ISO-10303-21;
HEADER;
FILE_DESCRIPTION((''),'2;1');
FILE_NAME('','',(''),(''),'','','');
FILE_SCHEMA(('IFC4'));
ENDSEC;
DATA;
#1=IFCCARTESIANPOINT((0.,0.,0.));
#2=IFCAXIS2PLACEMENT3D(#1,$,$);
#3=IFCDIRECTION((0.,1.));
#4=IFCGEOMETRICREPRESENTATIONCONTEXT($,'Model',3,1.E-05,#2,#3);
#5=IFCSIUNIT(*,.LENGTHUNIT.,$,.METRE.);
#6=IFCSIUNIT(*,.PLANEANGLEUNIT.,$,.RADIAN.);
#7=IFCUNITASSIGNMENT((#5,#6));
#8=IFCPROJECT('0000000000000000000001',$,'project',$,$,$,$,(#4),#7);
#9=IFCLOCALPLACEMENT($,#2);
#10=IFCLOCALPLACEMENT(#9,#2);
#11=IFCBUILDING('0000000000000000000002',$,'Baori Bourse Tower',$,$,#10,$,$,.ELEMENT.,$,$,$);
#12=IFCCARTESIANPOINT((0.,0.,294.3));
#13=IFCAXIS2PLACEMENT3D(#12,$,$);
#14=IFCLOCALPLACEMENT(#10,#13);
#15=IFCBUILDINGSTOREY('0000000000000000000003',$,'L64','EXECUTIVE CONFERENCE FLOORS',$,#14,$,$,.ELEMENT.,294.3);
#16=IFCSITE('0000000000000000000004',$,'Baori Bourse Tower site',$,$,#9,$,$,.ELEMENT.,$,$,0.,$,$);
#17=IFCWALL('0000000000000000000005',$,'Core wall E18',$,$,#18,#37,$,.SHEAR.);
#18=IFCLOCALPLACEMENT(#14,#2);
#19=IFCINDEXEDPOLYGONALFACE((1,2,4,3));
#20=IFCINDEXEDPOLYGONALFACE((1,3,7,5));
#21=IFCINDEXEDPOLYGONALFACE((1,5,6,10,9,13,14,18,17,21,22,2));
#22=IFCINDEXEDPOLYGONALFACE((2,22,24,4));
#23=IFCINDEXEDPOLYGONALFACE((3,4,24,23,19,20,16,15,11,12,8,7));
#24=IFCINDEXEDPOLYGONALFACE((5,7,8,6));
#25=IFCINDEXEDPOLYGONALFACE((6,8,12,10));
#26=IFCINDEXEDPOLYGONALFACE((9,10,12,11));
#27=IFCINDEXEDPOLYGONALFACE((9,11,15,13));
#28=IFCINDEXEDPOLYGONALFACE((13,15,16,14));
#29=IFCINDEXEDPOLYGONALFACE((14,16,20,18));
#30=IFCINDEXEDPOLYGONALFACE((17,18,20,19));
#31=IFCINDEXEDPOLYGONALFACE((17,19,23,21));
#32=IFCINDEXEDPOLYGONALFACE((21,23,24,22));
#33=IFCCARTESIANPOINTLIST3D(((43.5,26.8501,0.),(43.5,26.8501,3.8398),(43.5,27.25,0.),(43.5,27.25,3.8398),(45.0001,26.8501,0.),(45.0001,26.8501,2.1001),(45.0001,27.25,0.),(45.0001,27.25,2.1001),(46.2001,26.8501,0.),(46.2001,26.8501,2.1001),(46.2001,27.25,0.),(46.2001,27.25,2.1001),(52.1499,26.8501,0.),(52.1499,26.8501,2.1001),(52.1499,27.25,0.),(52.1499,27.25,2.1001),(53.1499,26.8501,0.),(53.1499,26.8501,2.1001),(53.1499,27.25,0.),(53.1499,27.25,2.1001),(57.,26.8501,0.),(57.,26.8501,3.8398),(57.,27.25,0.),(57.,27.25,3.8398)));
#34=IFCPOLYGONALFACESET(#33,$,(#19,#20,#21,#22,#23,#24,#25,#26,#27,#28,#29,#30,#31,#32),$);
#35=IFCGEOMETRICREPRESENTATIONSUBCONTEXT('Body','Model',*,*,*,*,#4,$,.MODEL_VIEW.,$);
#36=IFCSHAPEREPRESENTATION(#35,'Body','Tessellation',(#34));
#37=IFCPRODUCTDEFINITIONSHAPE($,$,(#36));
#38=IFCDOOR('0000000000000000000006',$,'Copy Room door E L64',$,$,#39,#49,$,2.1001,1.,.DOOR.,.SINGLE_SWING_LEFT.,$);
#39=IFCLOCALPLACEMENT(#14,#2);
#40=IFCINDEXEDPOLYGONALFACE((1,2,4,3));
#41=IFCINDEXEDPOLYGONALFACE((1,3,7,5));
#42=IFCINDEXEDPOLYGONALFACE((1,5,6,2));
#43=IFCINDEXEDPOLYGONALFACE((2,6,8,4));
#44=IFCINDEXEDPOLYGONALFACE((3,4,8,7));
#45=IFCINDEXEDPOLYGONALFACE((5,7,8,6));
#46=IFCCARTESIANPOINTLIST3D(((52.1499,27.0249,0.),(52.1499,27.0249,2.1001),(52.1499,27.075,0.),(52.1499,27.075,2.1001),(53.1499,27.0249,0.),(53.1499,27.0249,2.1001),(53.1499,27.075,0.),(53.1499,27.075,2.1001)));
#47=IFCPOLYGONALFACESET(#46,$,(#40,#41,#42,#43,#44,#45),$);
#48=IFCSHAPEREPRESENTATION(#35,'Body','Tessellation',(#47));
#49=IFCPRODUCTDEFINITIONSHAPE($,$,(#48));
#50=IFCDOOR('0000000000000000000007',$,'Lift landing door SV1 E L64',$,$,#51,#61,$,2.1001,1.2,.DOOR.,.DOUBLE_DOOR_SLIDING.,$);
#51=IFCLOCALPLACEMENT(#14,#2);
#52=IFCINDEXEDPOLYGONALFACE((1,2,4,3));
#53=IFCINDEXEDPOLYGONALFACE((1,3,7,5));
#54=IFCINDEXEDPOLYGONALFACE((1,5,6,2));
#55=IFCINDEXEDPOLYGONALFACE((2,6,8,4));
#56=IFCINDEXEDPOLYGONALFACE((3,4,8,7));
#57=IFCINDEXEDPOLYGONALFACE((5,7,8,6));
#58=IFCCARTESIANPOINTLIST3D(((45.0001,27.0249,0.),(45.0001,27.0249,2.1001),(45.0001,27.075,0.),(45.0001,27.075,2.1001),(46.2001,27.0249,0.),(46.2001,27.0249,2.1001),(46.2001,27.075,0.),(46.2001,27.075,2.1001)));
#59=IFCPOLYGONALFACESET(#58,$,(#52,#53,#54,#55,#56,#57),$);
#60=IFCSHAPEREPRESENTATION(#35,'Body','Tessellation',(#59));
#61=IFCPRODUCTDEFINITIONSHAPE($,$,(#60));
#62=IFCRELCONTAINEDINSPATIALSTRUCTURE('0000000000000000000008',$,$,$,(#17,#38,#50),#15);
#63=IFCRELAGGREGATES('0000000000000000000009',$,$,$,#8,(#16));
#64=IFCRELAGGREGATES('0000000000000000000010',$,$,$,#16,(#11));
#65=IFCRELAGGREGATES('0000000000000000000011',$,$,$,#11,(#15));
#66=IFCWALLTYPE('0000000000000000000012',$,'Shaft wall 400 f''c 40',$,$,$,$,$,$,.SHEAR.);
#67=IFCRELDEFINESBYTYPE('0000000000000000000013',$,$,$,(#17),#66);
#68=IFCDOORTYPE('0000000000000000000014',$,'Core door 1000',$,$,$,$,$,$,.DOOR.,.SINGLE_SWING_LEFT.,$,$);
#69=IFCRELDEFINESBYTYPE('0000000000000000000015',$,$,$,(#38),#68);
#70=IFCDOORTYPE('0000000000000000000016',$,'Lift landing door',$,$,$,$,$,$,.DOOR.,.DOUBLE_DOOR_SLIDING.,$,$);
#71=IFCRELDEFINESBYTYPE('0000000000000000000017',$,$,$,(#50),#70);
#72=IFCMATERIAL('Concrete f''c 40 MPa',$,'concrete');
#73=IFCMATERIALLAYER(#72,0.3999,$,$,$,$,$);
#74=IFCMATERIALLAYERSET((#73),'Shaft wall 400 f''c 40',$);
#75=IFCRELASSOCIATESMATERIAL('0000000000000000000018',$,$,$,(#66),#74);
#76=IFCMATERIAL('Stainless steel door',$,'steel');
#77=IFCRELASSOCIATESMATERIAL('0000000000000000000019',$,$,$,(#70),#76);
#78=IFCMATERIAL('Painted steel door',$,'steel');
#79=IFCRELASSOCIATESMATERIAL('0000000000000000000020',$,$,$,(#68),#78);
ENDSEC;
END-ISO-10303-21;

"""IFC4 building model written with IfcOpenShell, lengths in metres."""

from ifc_helpers import new_model, si_unit, direction, frame, frame_2d, origin, place, context, subcontext, project, spatial, rectangle, extrude, material, layer, layer_set, type_object, element, fill, save


model = new_model("IFC4")

# Units and contexts
model_context = context("Model", 3, precision=1e-05, world=origin(), true_north=direction((0.0, 1.0)))
body_context = subcontext(model_context, "Body", "Model", "MODEL_VIEW")
ifc_project = project(units=[si_unit("LENGTHUNIT", "METRE"), si_unit("PLANEANGLEUNIT", "RADIAN")], contexts=[model_context])

# Site, building, storey
site_placement = place(None, origin())
site = spatial("IfcSite", under=ifc_project, at=site_placement, Name="Baori Bourse Tower site", CompositionType="ELEMENT", RefElevation=0.0)
building_placement = place(site_placement, origin())
building = spatial("IfcBuilding", under=site, at=building_placement, Name="Baori Bourse Tower", CompositionType="ELEMENT")
storey_placement = place(building_placement, frame((0.0, 0.0, 294.3)))
storey = spatial("IfcBuildingStorey", under=building, at=storey_placement, Name="L64", Description="EXECUTIVE CONFERENCE FLOORS", CompositionType="ELEMENT", Elevation=294.3)

# Shared definitions
ifc_material_1 = material(Name="Concrete f'c 40 MPa", Category="concrete")
ifc_layer_1 = layer(ifc_material_1, 0.3999)
ifc_layer_set_1 = layer_set([ifc_layer_1], Name="Shaft wall 400 f'c 40")
wall_type_1 = type_object("IfcWallType", Name="Shaft wall 400 f'c 40", PredefinedType="SHEAR", material=ifc_layer_set_1)
ifc_material_2 = material(Name="Stainless steel door", Category="steel")
door_type_1 = type_object("IfcDoorType", Name="Lift landing door", OperationType="DOUBLE_DOOR_SLIDING", PredefinedType="DOOR", material=ifc_material_2)

# Wall, openings, doors
wall_1_placement = place(storey_placement, frame((43.5, 27.05, 0.0), z_axis=(0.0, 0.0, 1.0), x_axis=(1.0, 0.0, 0.0)))
wall_1 = element("IfcWall", 1, at=wall_1_placement, inside=storey, type_object=wall_type_1, Name="Core wall E18", PredefinedType="SHEAR", context=body_context, shape_type="SweptSolid", body=[
    extrude(rectangle(XDim=13.5, YDim=0.3999, at=frame_2d((6.75, 0.0))), origin(), (0.0, 0.0, 1.0), 3.8398),
])
opening_1_placement = place(wall_1_placement, frame((8.6499, 0.0, 0.0)))
opening_1 = element("IfcOpeningElement", 2, at=opening_1_placement, cuts=wall_1, PredefinedType="OPENING", context=body_context, shape_type="SweptSolid", body=[
    extrude(rectangle(XDim=1.0, YDim=2.1001, at=frame_2d((0.5, 1.05))), frame((0.0, 0.21, 0.0), z_axis=(0.0, -1.0, 0.0), x_axis=(1.0, 0.0, 0.0)), (0.0, 0.0, 1.0), 0.4199),
])
opening_2_placement = place(wall_1_placement, frame((1.5, 0.0, 0.0)))
opening_2 = element("IfcOpeningElement", 3, at=opening_2_placement, cuts=wall_1, PredefinedType="OPENING", context=body_context, shape_type="SweptSolid", body=[
    extrude(rectangle(XDim=1.2, YDim=2.1001, at=frame_2d((0.6001, 1.05))), frame((0.0, 0.21, 0.0), z_axis=(0.0, -1.0, 0.0), x_axis=(1.0, 0.0, 0.0)), (0.0, 0.0, 1.0), 0.4199),
])
ifc_material_3 = material(Name="Painted steel door", Category="steel")
door_type_2 = type_object("IfcDoorType", Name="Core door 1000", OperationType="SINGLE_SWING_LEFT", PredefinedType="DOOR", material=ifc_material_3)
door_1_placement = place(opening_1_placement, origin())
door_1 = element("IfcDoor", 4, at=door_1_placement, inside=storey, type_object=door_type_2, Name="Copy Room door E L64", OperationType="SINGLE_SWING_LEFT", OverallHeight=2.1001, OverallWidth=1.0, PredefinedType="DOOR", context=body_context, shape_type="SweptSolid", body=[
    extrude(rectangle(XDim=1.0, YDim=2.1001, at=frame_2d((0.5, 1.05))), frame((0.0, 0.0249, 0.0), z_axis=(0.0, -1.0, 0.0), x_axis=(1.0, 0.0, 0.0)), (0.0, 0.0, 1.0), 0.05),
])
fill(opening_1, door_1)
door_2_placement = place(opening_2_placement, origin())
door_2 = element("IfcDoor", 5, at=door_2_placement, inside=storey, type_object=door_type_1, Name="Lift landing door SV1 E L64", OperationType="DOUBLE_DOOR_SLIDING", OverallHeight=2.1001, OverallWidth=1.2, PredefinedType="DOOR", context=body_context, shape_type="SweptSolid", body=[
    extrude(rectangle(XDim=1.2, YDim=2.1001, at=frame_2d((0.6001, 1.05))), frame((0.0, 0.0249, 0.0), z_axis=(0.0, -1.0, 0.0), x_axis=(1.0, 0.0, 0.0)), (0.0, 0.0, 1.0), 0.05),
])
fill(opening_2, door_2)

save(model, "model.ifc")
